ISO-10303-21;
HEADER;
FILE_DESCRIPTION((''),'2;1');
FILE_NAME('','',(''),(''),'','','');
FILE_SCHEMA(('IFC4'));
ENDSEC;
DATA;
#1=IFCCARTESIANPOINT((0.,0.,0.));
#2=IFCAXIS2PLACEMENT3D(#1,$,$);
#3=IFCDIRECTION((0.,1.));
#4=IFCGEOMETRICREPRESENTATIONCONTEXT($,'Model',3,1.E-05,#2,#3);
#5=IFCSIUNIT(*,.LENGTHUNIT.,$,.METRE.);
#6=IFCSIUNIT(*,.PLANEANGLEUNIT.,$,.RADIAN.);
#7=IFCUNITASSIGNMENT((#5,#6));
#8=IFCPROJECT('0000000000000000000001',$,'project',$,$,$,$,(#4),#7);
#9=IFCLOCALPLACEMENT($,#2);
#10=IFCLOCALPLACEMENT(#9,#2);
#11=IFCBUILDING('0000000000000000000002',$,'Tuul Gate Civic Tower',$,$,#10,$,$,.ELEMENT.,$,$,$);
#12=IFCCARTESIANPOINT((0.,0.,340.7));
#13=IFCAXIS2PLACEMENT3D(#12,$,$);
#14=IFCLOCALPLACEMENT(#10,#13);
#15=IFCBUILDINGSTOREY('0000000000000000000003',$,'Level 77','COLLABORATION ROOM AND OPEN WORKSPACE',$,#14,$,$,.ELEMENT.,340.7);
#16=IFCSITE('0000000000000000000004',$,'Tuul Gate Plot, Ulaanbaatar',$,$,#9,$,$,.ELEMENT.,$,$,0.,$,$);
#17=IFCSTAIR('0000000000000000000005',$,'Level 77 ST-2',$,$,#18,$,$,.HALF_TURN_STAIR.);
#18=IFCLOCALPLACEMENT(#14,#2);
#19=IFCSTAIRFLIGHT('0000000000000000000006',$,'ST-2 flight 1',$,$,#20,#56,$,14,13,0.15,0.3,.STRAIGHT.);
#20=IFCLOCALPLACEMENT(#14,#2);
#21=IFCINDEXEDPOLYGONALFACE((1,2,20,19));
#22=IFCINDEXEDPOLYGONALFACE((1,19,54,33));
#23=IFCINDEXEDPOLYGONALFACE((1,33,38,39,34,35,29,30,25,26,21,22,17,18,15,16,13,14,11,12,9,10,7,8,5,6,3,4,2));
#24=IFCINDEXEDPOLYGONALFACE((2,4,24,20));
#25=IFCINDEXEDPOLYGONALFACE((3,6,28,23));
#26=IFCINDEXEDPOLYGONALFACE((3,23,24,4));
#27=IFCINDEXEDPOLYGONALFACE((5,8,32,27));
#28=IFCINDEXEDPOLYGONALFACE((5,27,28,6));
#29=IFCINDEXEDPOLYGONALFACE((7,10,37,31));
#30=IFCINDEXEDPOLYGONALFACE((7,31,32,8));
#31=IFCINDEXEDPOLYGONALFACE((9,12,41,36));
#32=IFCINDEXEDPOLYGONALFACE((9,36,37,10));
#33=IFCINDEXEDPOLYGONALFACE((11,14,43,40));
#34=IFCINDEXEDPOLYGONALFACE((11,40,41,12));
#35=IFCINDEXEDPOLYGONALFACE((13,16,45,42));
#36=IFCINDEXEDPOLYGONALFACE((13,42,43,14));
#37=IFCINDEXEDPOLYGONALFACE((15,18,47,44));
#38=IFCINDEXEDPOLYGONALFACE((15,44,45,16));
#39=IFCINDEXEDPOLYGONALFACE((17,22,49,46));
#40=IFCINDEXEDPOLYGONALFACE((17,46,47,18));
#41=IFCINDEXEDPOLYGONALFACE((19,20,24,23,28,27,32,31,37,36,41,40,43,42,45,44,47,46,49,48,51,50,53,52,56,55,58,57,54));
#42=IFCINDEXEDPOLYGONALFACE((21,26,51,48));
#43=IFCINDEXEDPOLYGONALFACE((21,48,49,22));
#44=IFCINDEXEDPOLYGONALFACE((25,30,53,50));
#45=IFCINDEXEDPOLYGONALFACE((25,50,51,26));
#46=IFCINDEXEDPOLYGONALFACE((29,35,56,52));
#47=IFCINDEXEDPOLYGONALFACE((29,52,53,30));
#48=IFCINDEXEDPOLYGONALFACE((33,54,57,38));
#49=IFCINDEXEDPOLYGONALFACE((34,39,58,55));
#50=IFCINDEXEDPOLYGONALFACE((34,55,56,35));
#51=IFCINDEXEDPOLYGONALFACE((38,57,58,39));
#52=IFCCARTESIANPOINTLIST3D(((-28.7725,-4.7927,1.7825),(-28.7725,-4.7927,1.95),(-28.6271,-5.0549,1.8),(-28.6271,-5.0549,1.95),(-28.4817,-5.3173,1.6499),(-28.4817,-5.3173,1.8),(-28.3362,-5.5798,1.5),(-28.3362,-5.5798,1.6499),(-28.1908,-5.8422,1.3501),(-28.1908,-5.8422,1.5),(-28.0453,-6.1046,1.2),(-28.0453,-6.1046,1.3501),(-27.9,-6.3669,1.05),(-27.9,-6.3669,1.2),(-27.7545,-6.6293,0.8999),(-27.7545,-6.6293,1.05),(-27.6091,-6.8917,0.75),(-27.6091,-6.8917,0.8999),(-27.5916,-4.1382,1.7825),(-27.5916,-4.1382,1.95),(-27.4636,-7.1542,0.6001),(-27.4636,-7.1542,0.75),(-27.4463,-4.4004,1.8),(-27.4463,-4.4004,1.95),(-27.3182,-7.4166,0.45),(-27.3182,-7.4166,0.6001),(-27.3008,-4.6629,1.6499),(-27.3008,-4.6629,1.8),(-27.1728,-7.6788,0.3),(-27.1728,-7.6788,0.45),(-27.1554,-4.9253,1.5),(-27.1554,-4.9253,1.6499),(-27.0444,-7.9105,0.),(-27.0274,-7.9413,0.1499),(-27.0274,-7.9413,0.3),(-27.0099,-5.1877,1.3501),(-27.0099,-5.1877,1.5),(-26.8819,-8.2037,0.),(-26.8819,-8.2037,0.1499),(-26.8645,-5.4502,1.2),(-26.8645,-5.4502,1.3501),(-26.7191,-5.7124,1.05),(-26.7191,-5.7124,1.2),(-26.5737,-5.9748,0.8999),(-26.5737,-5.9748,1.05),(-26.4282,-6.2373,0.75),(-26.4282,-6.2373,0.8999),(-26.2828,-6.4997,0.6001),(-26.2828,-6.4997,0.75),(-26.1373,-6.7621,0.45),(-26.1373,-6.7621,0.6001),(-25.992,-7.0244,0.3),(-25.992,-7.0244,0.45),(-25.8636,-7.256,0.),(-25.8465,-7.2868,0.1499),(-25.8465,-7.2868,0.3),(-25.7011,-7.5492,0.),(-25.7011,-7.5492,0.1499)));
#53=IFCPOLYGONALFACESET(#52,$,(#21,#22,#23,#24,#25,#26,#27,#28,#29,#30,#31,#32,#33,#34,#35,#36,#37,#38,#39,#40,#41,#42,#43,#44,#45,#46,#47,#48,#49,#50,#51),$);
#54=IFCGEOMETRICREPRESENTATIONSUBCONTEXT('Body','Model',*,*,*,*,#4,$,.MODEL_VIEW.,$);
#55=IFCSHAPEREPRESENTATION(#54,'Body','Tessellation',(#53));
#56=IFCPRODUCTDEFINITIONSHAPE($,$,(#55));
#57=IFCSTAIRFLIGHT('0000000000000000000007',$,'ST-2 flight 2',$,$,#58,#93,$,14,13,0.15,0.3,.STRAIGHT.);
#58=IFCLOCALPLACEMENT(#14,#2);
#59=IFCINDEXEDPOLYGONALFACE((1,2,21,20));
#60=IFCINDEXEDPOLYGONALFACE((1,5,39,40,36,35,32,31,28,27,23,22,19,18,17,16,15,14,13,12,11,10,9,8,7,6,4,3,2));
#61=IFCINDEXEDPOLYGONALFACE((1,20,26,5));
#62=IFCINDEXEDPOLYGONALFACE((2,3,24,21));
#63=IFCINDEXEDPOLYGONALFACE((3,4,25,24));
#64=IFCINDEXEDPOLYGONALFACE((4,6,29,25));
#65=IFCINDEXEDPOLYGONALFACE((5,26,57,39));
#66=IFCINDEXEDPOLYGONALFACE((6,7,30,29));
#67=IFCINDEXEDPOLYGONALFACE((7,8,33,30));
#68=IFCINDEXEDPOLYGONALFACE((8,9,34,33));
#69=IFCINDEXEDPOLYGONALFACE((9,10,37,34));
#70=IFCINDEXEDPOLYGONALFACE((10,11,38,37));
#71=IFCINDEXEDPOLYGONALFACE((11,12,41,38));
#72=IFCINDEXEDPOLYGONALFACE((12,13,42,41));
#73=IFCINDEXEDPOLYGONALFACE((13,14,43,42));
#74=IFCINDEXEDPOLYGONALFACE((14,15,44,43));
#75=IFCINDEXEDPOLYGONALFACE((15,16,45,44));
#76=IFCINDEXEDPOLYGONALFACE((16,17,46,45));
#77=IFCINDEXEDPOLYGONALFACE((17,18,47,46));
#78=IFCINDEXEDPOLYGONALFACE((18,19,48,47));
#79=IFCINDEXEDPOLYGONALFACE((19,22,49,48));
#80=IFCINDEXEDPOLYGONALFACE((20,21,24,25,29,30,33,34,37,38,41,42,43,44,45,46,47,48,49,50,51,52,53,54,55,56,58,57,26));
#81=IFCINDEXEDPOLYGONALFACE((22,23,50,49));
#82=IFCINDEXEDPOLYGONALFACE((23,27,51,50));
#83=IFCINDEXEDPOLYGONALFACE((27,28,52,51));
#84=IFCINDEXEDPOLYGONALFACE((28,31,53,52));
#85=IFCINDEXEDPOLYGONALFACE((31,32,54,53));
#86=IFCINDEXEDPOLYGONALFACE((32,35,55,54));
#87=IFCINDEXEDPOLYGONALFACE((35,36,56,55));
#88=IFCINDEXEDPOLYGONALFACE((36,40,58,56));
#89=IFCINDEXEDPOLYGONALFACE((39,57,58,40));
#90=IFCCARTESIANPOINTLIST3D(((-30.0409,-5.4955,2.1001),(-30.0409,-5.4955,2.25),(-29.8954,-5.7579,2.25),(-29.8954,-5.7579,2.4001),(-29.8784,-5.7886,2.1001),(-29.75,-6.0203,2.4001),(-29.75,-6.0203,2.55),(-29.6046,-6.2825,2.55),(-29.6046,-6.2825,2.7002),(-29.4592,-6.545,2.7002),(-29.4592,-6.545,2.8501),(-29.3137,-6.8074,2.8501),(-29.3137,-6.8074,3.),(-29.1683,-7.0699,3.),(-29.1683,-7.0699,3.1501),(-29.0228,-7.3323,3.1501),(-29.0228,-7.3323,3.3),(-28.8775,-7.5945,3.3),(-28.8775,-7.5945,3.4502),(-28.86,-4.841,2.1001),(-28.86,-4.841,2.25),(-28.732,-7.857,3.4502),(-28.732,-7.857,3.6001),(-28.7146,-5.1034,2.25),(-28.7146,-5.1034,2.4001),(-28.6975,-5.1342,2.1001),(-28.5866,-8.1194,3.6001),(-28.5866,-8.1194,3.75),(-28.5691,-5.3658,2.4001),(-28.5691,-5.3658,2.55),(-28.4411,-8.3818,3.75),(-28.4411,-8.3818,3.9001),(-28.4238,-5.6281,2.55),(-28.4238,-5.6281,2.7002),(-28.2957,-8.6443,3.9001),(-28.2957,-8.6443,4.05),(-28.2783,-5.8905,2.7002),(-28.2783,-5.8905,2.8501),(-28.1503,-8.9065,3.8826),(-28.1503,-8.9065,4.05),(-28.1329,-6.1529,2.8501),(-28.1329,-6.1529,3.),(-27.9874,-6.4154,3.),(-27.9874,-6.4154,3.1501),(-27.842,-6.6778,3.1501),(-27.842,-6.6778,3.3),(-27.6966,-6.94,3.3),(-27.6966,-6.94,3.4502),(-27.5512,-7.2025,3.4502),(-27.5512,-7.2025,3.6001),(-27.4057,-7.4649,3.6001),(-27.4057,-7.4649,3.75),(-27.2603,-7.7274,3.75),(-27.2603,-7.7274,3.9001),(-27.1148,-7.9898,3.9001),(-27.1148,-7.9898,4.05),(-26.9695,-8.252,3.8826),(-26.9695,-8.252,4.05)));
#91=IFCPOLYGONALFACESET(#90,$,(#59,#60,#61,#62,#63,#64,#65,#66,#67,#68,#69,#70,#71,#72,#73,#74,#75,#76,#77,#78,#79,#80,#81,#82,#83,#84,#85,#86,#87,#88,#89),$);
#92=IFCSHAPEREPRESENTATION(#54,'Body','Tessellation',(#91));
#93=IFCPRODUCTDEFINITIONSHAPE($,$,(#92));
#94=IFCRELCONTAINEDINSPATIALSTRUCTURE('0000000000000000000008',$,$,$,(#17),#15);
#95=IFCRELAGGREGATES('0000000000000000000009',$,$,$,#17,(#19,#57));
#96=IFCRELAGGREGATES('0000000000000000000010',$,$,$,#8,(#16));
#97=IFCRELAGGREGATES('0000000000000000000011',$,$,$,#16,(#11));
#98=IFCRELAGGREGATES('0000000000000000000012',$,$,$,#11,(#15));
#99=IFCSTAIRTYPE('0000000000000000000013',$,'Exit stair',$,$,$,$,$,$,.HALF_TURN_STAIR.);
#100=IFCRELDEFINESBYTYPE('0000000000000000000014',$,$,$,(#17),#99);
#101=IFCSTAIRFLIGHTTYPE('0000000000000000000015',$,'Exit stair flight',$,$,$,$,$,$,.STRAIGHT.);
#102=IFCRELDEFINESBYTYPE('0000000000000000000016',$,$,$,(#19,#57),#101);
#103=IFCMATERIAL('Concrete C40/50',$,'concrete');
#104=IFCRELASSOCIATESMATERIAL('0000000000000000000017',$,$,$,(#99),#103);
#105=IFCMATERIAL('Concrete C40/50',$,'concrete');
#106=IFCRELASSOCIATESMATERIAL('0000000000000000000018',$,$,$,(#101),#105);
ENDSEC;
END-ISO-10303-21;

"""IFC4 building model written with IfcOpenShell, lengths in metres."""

from ifc_helpers import new_model, si_unit, direction, frame, origin, place, context, subcontext, project, spatial, polyline, outline, extrude, material, type_object, element, aggregate, save


model = new_model("IFC4")

# Units and contexts
model_context = context("Model", 3, precision=1e-05, world=origin(), true_north=direction((0.0, 1.0)))
body_context = subcontext(model_context, "Body", "Model", "MODEL_VIEW")
ifc_project = project(units=[si_unit("LENGTHUNIT", "METRE"), si_unit("PLANEANGLEUNIT", "RADIAN")], contexts=[model_context])

# Site, building, storey
site_placement = place(None, origin())
site = spatial("IfcSite", under=ifc_project, at=site_placement, Name="Tuul Gate Plot, Ulaanbaatar", CompositionType="ELEMENT", RefElevation=0.0)
building_placement = place(site_placement, origin())
building = spatial("IfcBuilding", under=site, at=building_placement, Name="Tuul Gate Civic Tower", CompositionType="ELEMENT")
storey_placement = place(building_placement, frame((0.0, 0.0, 340.7)))
storey = spatial("IfcBuildingStorey", under=building, at=storey_placement, Name="Level 77", Description="COLLABORATION ROOM AND OPEN WORKSPACE", CompositionType="ELEMENT", Elevation=340.7)

# Stair, stair flights
ifc_material_1 = material(Name="Concrete C40/50", Category="concrete")
stair_type = type_object("IfcStairType", Name="Exit stair", PredefinedType="HALF_TURN_STAIR", material=ifc_material_1)
stair_placement = place(storey_placement, origin())
stair = element("IfcStair", 1, at=stair_placement, inside=storey, type_object=stair_type, Name="Level 77 ST-2", PredefinedType="HALF_TURN_STAIR")
ifc_material_2 = material(Name="Concrete C40/50", Category="concrete")
stair_flight_type = type_object("IfcStairFlightType", Name="Exit stair flight", PredefinedType="STRAIGHT", material=ifc_material_2)
stair_flight_1_placement = place(storey_placement, frame((-26.2915, -7.8765, 0.0), z_axis=(0.0, 0.0, 1.0), x_axis=(-0.484762, 0.874646, 0.0)))
stair_flight_1 = element("IfcStairFlight", 2, at=stair_flight_1_placement, type_object=stair_flight_type, Name="ST-2 flight 1", NumberOfRisers=14, NumberOfTreads=13, PredefinedType="STRAIGHT", RiserHeight=0.15, TreadLength=0.3, context=body_context, shape_type="SweptSolid", body=[
    extrude(outline(polyline([(0.0, 0.0), (0.0, 0.1499), (0.3, 0.1499), (0.3, 0.3), (0.6001, 0.3), (0.6001, 0.45), (0.8999, 0.45), (0.8999, 0.6001), (1.2, 0.6001), (1.2, 0.75), (1.5, 0.75), (1.5, 0.8999), (1.8, 0.8999), (1.8, 1.05), (2.1001, 1.05), (2.1001, 1.2), (2.3999, 1.2), (2.3999, 1.3501), (2.7, 1.3501), (2.7, 1.5), (3.0, 1.5), (3.0, 1.6499), (3.3, 1.6499), (3.3, 1.8), (3.6001, 1.8), (3.6001, 1.95), (3.8999, 1.95), (3.8999, 2.1001), (3.8999, 1.7825), (0.3352, 0.0), (0.0, 0.0)])), frame((0.0, 0.675, 0.0), z_axis=(0.0, -1.0, 0.0), x_axis=(1.0, 0.0, 0.0)), (0.0, 0.0, 1.0), 1.3501),
])
stair_flight_2_placement = place(storey_placement, frame((-29.4504, -5.1682, 2.1001), z_axis=(0.0, 0.0, 1.0), x_axis=(0.484762, -0.874646, 0.0)))
stair_flight_2 = element("IfcStairFlight", 3, at=stair_flight_2_placement, type_object=stair_flight_type, Name="ST-2 flight 2", NumberOfRisers=14, NumberOfTreads=13, PredefinedType="STRAIGHT", RiserHeight=0.15, TreadLength=0.3, context=body_context, shape_type="SweptSolid", body=[
    extrude(outline(polyline([(0.0, 0.0), (0.0, 0.1499), (0.3, 0.1499), (0.3, 0.3), (0.6001, 0.3), (0.6001, 0.45), (0.8999, 0.45), (0.8999, 0.6001), (1.2, 0.6001), (1.2, 0.75), (1.5, 0.75), (1.5, 0.8999), (1.8, 0.8999), (1.8, 1.05), (2.1001, 1.05), (2.1001, 1.2), (2.3999, 1.2), (2.3999, 1.3501), (2.7, 1.3501), (2.7, 1.5), (3.0, 1.5), (3.0, 1.6499), (3.3, 1.6499), (3.3, 1.8), (3.6001, 1.8), (3.6001, 1.95), (3.8999, 1.95), (3.8999, 2.1001), (3.8999, 1.7825), (0.3352, 0.0), (0.0, 0.0)])), frame((0.0, 0.675, 0.0), z_axis=(0.0, -1.0, 0.0), x_axis=(1.0, 0.0, 0.0)), (0.0, 0.0, 1.0), 1.3501),
])
aggregate(stair, [stair_flight_1, stair_flight_2])

save(model, "model.ifc")
